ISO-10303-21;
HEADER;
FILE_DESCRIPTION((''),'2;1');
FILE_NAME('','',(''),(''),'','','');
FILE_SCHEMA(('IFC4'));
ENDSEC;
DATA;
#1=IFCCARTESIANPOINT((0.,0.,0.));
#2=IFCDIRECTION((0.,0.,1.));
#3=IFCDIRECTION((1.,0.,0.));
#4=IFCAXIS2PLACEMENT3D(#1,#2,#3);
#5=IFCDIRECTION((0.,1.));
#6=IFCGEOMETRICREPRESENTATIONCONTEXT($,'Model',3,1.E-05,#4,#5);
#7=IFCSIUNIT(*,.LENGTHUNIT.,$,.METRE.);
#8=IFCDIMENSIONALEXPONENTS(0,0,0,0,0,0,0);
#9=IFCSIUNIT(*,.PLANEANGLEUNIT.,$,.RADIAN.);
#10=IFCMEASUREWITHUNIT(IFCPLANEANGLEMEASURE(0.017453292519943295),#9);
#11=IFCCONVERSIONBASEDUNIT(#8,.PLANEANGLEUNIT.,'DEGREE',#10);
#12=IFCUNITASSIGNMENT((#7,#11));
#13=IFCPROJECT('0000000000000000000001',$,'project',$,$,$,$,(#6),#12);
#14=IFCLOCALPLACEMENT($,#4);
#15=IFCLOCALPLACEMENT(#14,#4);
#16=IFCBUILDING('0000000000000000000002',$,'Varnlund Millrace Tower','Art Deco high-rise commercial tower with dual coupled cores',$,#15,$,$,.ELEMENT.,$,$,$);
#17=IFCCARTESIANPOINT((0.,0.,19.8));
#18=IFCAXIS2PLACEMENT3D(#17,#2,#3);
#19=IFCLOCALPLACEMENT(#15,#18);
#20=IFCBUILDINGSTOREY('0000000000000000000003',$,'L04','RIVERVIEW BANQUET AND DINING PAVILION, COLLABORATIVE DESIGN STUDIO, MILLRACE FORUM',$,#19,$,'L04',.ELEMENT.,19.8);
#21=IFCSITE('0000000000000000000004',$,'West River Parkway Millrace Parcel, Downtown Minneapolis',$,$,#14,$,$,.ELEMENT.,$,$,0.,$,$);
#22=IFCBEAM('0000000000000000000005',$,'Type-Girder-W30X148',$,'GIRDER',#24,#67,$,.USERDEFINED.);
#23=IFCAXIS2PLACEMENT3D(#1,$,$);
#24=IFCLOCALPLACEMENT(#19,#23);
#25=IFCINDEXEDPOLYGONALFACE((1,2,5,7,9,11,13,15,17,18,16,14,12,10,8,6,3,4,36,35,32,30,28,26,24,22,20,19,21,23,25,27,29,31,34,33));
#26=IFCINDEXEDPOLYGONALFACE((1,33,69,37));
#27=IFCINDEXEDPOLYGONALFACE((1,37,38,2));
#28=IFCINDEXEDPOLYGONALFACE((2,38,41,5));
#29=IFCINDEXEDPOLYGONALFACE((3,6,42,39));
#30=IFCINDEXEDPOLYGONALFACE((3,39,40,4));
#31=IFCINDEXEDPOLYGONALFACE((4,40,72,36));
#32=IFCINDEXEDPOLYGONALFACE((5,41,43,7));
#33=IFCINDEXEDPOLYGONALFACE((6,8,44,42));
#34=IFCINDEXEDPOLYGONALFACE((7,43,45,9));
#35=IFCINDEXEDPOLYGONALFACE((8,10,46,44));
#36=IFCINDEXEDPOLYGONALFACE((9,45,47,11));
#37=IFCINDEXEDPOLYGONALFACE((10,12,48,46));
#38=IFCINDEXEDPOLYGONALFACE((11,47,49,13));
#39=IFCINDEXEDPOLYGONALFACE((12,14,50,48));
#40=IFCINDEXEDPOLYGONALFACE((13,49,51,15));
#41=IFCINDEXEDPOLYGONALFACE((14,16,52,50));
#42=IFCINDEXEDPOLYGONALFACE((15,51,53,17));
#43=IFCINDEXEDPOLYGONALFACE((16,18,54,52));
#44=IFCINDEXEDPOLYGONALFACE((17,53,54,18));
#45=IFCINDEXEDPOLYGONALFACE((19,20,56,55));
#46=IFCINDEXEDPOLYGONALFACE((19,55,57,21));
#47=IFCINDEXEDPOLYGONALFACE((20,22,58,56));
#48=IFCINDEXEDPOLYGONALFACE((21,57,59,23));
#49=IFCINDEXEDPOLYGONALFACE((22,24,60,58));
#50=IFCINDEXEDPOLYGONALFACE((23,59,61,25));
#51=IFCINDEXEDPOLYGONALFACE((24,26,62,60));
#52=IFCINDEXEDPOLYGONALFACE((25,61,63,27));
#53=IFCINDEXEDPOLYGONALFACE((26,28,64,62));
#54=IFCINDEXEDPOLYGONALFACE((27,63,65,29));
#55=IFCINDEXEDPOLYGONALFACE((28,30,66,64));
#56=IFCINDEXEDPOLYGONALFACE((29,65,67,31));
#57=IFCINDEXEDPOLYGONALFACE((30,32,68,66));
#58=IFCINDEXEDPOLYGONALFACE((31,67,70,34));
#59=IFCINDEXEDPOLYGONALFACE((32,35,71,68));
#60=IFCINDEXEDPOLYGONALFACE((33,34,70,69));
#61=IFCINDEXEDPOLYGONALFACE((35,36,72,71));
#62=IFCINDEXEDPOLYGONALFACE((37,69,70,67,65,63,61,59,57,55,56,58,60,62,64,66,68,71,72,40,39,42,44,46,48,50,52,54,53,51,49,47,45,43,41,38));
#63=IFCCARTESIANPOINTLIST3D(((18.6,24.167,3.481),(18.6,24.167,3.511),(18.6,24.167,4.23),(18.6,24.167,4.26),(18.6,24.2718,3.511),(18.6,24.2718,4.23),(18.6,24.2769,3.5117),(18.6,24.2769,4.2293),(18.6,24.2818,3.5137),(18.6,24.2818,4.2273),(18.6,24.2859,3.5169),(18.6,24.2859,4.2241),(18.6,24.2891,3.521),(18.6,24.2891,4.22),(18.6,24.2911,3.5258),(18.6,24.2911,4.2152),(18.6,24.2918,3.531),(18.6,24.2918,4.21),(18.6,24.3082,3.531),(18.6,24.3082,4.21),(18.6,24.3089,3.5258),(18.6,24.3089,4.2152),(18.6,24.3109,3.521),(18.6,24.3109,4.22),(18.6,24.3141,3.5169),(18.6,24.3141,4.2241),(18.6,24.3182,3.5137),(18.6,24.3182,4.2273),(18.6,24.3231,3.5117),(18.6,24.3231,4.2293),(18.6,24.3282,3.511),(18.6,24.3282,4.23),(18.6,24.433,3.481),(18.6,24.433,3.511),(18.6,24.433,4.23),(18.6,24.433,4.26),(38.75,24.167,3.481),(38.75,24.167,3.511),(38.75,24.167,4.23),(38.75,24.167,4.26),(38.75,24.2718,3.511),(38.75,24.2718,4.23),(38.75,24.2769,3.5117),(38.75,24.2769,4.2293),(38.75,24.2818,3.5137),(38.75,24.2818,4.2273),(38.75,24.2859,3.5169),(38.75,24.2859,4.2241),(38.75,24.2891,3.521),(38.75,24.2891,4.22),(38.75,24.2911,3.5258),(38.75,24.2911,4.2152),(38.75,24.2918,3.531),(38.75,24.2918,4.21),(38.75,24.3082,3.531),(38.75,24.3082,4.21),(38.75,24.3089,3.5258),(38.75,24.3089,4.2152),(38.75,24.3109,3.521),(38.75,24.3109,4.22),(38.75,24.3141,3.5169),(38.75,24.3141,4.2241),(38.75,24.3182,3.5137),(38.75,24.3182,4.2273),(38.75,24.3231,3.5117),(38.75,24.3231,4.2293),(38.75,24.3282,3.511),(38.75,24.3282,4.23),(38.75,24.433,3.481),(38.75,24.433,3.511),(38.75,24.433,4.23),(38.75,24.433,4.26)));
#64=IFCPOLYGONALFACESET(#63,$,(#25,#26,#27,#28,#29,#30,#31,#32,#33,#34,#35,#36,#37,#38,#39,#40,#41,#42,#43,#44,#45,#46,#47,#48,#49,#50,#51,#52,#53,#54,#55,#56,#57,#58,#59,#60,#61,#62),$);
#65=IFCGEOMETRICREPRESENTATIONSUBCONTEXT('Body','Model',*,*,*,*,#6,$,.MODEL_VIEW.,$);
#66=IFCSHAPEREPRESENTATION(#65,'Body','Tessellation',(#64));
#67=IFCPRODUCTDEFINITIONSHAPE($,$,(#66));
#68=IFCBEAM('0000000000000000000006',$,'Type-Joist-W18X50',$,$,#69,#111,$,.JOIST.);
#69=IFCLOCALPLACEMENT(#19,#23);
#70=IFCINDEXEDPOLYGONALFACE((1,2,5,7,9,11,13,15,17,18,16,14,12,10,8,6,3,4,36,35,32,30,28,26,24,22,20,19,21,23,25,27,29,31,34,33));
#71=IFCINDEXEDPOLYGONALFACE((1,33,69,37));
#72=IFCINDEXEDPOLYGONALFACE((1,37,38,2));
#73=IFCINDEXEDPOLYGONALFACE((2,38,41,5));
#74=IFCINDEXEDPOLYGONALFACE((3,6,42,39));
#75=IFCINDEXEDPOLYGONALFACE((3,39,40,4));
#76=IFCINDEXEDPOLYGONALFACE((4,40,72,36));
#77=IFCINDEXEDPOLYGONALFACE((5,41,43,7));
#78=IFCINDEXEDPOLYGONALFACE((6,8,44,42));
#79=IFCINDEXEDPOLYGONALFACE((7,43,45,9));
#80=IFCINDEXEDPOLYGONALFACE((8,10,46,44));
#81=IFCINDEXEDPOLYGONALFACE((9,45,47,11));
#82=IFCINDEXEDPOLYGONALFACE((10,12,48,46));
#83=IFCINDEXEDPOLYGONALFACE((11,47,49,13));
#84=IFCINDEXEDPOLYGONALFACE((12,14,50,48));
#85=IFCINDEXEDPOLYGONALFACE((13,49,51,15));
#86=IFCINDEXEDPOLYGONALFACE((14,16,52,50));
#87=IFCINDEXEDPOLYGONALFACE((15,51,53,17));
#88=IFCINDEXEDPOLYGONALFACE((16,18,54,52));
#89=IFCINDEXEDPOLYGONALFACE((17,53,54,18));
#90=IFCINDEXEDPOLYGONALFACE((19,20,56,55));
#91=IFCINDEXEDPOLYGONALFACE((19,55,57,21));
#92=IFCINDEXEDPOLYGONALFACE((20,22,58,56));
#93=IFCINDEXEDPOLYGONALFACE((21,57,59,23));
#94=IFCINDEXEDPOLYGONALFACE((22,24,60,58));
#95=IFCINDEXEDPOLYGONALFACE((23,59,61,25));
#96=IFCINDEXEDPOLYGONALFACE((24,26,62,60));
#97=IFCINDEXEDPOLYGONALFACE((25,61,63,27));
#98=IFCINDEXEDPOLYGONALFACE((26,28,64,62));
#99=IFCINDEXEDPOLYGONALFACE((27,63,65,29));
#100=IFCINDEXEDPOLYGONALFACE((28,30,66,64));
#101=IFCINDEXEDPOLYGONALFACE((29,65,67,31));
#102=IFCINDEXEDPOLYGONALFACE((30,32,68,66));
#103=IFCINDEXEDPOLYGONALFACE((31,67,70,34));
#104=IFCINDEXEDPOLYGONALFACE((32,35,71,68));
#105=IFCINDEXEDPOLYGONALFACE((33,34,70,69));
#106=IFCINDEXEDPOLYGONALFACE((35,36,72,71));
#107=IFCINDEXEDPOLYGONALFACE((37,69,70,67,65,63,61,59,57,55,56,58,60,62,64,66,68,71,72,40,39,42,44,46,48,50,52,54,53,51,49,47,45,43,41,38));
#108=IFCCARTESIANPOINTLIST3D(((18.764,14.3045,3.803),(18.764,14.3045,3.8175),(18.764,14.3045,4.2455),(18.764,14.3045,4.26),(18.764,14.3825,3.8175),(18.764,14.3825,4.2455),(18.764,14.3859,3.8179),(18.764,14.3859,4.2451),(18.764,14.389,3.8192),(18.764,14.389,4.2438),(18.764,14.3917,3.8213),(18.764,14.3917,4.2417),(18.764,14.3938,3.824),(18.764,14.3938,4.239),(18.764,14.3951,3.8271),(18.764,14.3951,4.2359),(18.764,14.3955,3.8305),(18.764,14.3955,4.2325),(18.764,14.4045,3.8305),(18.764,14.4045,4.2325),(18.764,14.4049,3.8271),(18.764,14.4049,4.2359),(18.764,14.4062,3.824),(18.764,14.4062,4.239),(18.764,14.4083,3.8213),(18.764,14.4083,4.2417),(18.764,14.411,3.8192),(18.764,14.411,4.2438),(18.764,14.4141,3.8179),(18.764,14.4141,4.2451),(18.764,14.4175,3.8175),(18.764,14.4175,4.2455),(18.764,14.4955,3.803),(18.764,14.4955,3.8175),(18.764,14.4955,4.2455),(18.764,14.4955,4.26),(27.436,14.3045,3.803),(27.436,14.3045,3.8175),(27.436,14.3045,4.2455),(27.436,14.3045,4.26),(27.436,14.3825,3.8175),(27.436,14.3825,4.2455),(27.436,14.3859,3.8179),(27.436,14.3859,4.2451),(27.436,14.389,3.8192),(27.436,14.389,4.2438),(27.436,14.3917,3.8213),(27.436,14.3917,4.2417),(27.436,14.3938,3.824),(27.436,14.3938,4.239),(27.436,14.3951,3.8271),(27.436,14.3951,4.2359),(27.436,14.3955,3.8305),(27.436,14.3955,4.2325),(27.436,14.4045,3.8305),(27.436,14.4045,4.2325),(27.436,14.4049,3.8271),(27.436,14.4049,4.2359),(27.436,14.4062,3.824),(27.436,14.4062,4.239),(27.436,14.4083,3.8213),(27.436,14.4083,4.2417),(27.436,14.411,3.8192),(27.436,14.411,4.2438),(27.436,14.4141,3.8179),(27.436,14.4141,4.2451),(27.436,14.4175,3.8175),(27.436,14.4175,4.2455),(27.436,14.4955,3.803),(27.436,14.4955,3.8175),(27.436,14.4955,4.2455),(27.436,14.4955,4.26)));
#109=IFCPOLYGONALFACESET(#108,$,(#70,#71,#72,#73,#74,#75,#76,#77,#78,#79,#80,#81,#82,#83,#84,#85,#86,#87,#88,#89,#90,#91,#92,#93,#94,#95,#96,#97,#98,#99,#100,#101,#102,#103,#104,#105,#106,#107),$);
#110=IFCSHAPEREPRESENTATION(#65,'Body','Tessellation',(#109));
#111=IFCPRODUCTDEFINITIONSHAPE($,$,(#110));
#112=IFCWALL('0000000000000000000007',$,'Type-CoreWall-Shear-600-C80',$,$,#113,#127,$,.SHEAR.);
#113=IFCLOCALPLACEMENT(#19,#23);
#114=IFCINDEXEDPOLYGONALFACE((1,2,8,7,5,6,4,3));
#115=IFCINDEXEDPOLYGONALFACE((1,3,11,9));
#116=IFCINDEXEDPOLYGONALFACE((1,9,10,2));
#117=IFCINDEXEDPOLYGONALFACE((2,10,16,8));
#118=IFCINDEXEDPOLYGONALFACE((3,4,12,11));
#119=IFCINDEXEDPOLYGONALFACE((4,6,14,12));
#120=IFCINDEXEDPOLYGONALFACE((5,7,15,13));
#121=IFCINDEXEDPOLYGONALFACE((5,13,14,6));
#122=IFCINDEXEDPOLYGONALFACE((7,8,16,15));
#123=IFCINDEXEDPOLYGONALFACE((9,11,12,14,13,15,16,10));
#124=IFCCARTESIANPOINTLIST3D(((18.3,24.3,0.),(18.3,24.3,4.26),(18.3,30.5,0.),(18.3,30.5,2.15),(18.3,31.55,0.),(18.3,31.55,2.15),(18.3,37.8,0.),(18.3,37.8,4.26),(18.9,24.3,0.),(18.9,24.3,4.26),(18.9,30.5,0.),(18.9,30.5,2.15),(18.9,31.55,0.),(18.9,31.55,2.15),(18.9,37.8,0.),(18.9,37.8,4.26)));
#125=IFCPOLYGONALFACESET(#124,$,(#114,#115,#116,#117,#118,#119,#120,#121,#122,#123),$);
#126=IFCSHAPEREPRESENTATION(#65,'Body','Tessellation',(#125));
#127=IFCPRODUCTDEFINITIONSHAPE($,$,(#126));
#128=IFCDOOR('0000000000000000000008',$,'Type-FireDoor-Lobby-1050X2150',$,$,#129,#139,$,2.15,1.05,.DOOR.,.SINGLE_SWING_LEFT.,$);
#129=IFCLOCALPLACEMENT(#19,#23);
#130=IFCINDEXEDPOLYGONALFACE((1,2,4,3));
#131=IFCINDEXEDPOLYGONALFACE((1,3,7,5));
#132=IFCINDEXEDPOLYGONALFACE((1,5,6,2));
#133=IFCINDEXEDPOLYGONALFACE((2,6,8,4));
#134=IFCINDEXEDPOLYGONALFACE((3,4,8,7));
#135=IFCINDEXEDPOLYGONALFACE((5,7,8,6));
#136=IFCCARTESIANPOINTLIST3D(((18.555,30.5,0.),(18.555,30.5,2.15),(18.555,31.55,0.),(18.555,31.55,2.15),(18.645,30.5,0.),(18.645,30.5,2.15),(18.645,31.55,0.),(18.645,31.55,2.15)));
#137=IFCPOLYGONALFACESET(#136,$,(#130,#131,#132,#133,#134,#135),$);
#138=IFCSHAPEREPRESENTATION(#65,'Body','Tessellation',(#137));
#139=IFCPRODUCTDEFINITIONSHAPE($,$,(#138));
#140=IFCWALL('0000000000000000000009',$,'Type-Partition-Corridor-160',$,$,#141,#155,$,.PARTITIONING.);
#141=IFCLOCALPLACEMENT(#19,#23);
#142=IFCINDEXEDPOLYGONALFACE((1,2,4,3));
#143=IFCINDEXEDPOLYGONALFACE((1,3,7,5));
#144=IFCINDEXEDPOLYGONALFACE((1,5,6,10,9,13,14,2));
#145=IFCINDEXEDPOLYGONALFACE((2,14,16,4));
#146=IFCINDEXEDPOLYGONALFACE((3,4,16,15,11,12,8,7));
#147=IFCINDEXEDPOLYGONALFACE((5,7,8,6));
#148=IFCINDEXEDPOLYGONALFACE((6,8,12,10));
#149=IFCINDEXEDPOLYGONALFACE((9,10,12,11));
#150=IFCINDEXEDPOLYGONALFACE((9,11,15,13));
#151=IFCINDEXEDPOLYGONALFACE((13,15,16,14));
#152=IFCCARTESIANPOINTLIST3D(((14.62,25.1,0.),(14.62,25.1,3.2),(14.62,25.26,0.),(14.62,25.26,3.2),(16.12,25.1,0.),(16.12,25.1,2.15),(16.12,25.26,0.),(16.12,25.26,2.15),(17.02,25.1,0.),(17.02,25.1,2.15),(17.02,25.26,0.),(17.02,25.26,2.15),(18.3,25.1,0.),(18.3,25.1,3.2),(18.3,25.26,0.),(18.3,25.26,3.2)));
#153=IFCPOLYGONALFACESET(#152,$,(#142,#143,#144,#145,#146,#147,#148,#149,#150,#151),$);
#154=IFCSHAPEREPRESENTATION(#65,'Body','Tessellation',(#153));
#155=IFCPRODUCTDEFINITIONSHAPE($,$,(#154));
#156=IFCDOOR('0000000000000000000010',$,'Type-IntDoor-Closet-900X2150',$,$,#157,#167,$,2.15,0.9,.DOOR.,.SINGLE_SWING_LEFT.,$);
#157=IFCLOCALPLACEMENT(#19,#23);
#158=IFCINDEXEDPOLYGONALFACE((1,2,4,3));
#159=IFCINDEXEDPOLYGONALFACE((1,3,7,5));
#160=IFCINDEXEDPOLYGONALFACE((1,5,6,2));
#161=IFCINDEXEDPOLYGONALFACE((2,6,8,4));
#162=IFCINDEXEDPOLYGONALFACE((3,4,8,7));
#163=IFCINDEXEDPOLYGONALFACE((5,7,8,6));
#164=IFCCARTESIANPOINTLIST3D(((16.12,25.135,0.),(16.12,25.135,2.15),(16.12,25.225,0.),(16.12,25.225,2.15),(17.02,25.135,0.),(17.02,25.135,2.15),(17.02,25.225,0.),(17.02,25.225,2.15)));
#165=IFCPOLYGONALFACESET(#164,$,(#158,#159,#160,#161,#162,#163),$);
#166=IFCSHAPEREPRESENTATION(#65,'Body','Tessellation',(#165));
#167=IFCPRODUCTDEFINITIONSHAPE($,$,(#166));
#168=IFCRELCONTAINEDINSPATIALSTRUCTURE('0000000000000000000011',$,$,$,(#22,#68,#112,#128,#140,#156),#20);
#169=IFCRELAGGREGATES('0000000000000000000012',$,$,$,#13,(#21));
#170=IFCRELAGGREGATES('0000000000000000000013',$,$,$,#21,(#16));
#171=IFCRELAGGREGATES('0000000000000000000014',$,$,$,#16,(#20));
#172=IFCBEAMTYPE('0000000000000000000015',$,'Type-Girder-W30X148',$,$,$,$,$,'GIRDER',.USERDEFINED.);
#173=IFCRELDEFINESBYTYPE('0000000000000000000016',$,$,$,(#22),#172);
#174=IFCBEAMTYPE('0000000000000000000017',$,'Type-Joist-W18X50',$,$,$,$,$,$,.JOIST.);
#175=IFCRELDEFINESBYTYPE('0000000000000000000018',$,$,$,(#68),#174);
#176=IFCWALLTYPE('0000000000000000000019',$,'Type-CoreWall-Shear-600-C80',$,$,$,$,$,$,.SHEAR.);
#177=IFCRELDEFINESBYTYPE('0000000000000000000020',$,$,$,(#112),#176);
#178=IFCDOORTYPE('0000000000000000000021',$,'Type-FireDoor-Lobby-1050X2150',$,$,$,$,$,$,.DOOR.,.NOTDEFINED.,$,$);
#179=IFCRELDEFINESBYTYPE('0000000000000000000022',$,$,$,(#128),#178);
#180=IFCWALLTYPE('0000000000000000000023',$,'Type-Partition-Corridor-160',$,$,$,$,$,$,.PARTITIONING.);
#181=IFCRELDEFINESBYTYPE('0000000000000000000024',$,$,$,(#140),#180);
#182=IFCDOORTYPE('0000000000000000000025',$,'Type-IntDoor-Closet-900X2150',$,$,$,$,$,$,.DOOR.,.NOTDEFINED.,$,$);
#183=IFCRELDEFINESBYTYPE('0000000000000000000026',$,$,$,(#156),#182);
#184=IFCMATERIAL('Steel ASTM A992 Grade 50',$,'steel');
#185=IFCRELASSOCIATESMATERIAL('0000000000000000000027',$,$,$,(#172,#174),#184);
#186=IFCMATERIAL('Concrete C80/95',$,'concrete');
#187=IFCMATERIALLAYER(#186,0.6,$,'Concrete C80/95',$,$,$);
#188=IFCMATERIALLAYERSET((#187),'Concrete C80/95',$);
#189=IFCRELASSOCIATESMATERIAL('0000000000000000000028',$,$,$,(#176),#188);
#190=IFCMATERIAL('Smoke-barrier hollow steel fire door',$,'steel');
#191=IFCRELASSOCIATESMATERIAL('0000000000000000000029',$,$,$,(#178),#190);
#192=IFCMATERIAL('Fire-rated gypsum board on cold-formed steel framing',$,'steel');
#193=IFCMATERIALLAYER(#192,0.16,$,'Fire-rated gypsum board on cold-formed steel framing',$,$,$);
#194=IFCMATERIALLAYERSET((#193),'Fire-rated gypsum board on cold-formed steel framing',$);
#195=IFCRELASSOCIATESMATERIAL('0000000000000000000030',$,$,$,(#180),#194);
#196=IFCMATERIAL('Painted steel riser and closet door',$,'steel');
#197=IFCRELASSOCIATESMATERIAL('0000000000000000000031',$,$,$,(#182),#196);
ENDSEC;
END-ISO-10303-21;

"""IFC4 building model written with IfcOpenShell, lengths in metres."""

from ifc_helpers import new_model, entity, si_unit, converted_unit, direction, frame, origin_with_axes, origin_2d_with_axis, place, context, subcontext, project, spatial, polyline, rectangle, i_section, outline, extrude, material, layer, layer_set, material_profile, profile_set, type_object, element, fill, save


model = new_model("IFC4")

# Units and contexts
model_context = context("Model", 3, precision=1e-05, world=origin_with_axes(), true_north=direction((0.0, 1.0)))
body_context = subcontext(model_context, "Body", "Model", "MODEL_VIEW")
ifc_project = project(units=[si_unit("LENGTHUNIT", "METRE"), converted_unit("PLANEANGLEUNIT", "DEGREE", entity("IfcPlaneAngleMeasure", 0.017453292519943295), si_unit("PLANEANGLEUNIT", "RADIAN"), dimensions=[0, 0, 0, 0, 0, 0, 0])], contexts=[model_context])

# Site, building, storey
site_placement = place(None, origin_with_axes())
site = spatial("IfcSite", under=ifc_project, at=site_placement, Name="West River Parkway Millrace Parcel, Downtown Minneapolis", CompositionType="ELEMENT", RefElevation=0.0)
building_placement = place(site_placement, origin_with_axes())
building = spatial("IfcBuilding", under=site, at=building_placement, Name="Varnlund Millrace Tower", Description="Art Deco high-rise commercial tower with dual coupled cores", CompositionType="ELEMENT")
storey_placement = place(building_placement, frame((0.0, 0.0, 19.8), z_axis=(0.0, 0.0, 1.0), x_axis=(1.0, 0.0, 0.0)))
storey = spatial("IfcBuildingStorey", under=building, at=storey_placement, Name="L04", Description="RIVERVIEW BANQUET AND DINING PAVILION, COLLABORATIVE DESIGN STUDIO, MILLRACE FORUM", LongName="L04", CompositionType="ELEMENT", Elevation=19.8)

# Shared definitions
ifc_material_1 = material(Name="Concrete C80/95", Category="concrete")

# Beams
ifc_material_2 = material(Name="Steel ASTM A992 Grade 50", Category="steel")
ifc_material_profile_1 = material_profile(ifc_material_2, i_section(OverallWidth=0.266, OverallDepth=0.779, WebThickness=0.0165, FlangeThickness=0.03, FilletRadius=0.02, at=origin_2d_with_axis()), Name="Steel ASTM A992 Grade 50")
ifc_profile_set_1 = profile_set([ifc_material_profile_1], Name="Steel ASTM A992 Grade 50")
beam_type_1 = type_object("IfcBeamType", Name="Type-Girder-W30X148", ElementType="GIRDER", PredefinedType="USERDEFINED", material=ifc_profile_set_1)
beam_1_placement = place(storey_placement, frame((18.6, 24.3, 3.8705), z_axis=(1.0, 0.0, 0.0), x_axis=(0.0, 1.0, 0.0)))
element("IfcBeam", 1, at=beam_1_placement, inside=storey, type_object=beam_type_1, Name="Type-Girder-W30X148", ObjectType="GIRDER", PredefinedType="USERDEFINED", context=body_context, shape_type="SweptSolid", body=[
    extrude(i_section(OverallWidth=0.266, OverallDepth=0.779, WebThickness=0.0165, FlangeThickness=0.03, FilletRadius=0.02, at=origin_2d_with_axis()), origin_with_axes(), (0.0, 0.0, 1.0), 20.15),
])
ifc_material_profile_2 = material_profile(ifc_material_2, i_section(OverallWidth=0.191, OverallDepth=0.457, WebThickness=0.009, FlangeThickness=0.0145, FilletRadius=0.013, at=origin_2d_with_axis()), Name="Steel ASTM A992 Grade 50")
ifc_profile_set_2 = profile_set([ifc_material_profile_2], Name="Steel ASTM A992 Grade 50")
beam_type_2 = type_object("IfcBeamType", Name="Type-Joist-W18X50", PredefinedType="JOIST", material=ifc_profile_set_2)
beam_2_placement = place(storey_placement, frame((18.764, 14.4, 4.0315), z_axis=(1.0, 0.0, 0.0), x_axis=(0.0, 1.0, 0.0)))
element("IfcBeam", 2, at=beam_2_placement, inside=storey, type_object=beam_type_2, Name="Type-Joist-W18X50", PredefinedType="JOIST", context=body_context, shape_type="SweptSolid", body=[
    extrude(i_section(OverallWidth=0.191, OverallDepth=0.457, WebThickness=0.009, FlangeThickness=0.0145, FilletRadius=0.013, at=origin_2d_with_axis()), origin_with_axes(), (0.0, 0.0, 1.0), 8.672),
])

# Walls, openings, doors
ifc_layer_1 = layer(ifc_material_1, 0.6, Name="Concrete C80/95")
ifc_layer_set_1 = layer_set([ifc_layer_1], Name="Concrete C80/95")
wall_type_1 = type_object("IfcWallType", Name="Type-CoreWall-Shear-600-C80", PredefinedType="SHEAR", material=ifc_layer_set_1)
wall_1_placement = place(storey_placement, frame((18.6, 24.3, 0.0), z_axis=(0.0, 0.0, 1.0), x_axis=(0.0, 1.0, 0.0)))
wall_1 = element("IfcWall", 3, at=wall_1_placement, inside=storey, type_object=wall_type_1, Name="Type-CoreWall-Shear-600-C80", PredefinedType="SHEAR", context=body_context, shape_type="SweptSolid", body=[
    extrude(outline(polyline([(0.0, -0.3), (13.5, -0.3), (13.5, 0.3), (0.0, 0.3), (0.0, -0.3)])), origin_with_axes(), (0.0, 0.0, 1.0), 4.26),
])
opening_1_placement = place(wall_1_placement, frame((6.725, 0.0, 0.0), z_axis=(0.0, 0.0, 1.0), x_axis=(1.0, 0.0, 0.0)))
opening_1 = element("IfcOpeningElement", 4, at=opening_1_placement, cuts=wall_1, PredefinedType="OPENING", context=body_context, shape_type="SweptSolid", body=[
    extrude(rectangle(XDim=1.05, YDim=0.62, at=origin_2d_with_axis()), origin_with_axes(), (0.0, 0.0, 1.0), 2.15),
])
ifc_material_3 = material(Name="Smoke-barrier hollow steel fire door", Category="steel")
door_type_1 = type_object("IfcDoorType", Name="Type-FireDoor-Lobby-1050X2150", OperationType="NOTDEFINED", PredefinedType="DOOR", material=ifc_material_3)
door_1_placement = place(wall_1_placement, frame((6.725, 0.0, 0.0), z_axis=(0.0, 0.0, 1.0), x_axis=(1.0, 0.0, 0.0)))
door_1 = element("IfcDoor", 5, at=door_1_placement, inside=storey, type_object=door_type_1, Name="Type-FireDoor-Lobby-1050X2150", OperationType="SINGLE_SWING_LEFT", OverallHeight=2.15, OverallWidth=1.05, PredefinedType="DOOR", context=body_context, shape_type="SweptSolid", body=[
    extrude(rectangle(XDim=1.05, YDim=0.09, at=origin_2d_with_axis()), origin_with_axes(), (0.0, 0.0, 1.0), 2.15),
])
fill(opening_1, door_1)
ifc_material_4 = material(Name="Fire-rated gypsum board on cold-formed steel framing", Category="steel")
ifc_layer_2 = layer(ifc_material_4, 0.16, Name="Fire-rated gypsum board on cold-formed steel framing")
ifc_layer_set_2 = layer_set([ifc_layer_2], Name="Fire-rated gypsum board on cold-formed steel framing")
wall_type_2 = type_object("IfcWallType", Name="Type-Partition-Corridor-160", PredefinedType="PARTITIONING", material=ifc_layer_set_2)
wall_2_placement = place(storey_placement, frame((14.62, 25.18, 0.0), z_axis=(0.0, 0.0, 1.0), x_axis=(1.0, 0.0, 0.0)))
wall_2 = element("IfcWall", 6, at=wall_2_placement, inside=storey, type_object=wall_type_2, Name="Type-Partition-Corridor-160", PredefinedType="PARTITIONING", context=body_context, shape_type="SweptSolid", body=[
    extrude(outline(polyline([(0.0, -0.08), (3.68, -0.08), (3.68, 0.08), (0.0, 0.08), (0.0, -0.08)])), origin_with_axes(), (0.0, 0.0, 1.0), 3.2),
])
opening_2_placement = place(wall_2_placement, frame((1.95, 0.0, 0.0), z_axis=(0.0, 0.0, 1.0), x_axis=(1.0, 0.0, 0.0)))
opening_2 = element("IfcOpeningElement", 7, at=opening_2_placement, cuts=wall_2, PredefinedType="OPENING", context=body_context, shape_type="SweptSolid", body=[
    extrude(rectangle(XDim=0.9, YDim=0.18, at=origin_2d_with_axis()), origin_with_axes(), (0.0, 0.0, 1.0), 2.15),
])
ifc_material_5 = material(Name="Painted steel riser and closet door", Category="steel")
door_type_2 = type_object("IfcDoorType", Name="Type-IntDoor-Closet-900X2150", OperationType="NOTDEFINED", PredefinedType="DOOR", material=ifc_material_5)
door_2_placement = place(wall_2_placement, frame((1.95, 0.0, 0.0), z_axis=(0.0, 0.0, 1.0), x_axis=(1.0, 0.0, 0.0)))
door_2 = element("IfcDoor", 8, at=door_2_placement, inside=storey, type_object=door_type_2, Name="Type-IntDoor-Closet-900X2150", OperationType="SINGLE_SWING_LEFT", OverallHeight=2.15, OverallWidth=0.9, PredefinedType="DOOR", context=body_context, shape_type="SweptSolid", body=[
    extrude(rectangle(XDim=0.9, YDim=0.09, at=origin_2d_with_axis()), origin_with_axes(), (0.0, 0.0, 1.0), 2.15),
])
fill(opening_2, door_2)

save(model, "model.ifc")
